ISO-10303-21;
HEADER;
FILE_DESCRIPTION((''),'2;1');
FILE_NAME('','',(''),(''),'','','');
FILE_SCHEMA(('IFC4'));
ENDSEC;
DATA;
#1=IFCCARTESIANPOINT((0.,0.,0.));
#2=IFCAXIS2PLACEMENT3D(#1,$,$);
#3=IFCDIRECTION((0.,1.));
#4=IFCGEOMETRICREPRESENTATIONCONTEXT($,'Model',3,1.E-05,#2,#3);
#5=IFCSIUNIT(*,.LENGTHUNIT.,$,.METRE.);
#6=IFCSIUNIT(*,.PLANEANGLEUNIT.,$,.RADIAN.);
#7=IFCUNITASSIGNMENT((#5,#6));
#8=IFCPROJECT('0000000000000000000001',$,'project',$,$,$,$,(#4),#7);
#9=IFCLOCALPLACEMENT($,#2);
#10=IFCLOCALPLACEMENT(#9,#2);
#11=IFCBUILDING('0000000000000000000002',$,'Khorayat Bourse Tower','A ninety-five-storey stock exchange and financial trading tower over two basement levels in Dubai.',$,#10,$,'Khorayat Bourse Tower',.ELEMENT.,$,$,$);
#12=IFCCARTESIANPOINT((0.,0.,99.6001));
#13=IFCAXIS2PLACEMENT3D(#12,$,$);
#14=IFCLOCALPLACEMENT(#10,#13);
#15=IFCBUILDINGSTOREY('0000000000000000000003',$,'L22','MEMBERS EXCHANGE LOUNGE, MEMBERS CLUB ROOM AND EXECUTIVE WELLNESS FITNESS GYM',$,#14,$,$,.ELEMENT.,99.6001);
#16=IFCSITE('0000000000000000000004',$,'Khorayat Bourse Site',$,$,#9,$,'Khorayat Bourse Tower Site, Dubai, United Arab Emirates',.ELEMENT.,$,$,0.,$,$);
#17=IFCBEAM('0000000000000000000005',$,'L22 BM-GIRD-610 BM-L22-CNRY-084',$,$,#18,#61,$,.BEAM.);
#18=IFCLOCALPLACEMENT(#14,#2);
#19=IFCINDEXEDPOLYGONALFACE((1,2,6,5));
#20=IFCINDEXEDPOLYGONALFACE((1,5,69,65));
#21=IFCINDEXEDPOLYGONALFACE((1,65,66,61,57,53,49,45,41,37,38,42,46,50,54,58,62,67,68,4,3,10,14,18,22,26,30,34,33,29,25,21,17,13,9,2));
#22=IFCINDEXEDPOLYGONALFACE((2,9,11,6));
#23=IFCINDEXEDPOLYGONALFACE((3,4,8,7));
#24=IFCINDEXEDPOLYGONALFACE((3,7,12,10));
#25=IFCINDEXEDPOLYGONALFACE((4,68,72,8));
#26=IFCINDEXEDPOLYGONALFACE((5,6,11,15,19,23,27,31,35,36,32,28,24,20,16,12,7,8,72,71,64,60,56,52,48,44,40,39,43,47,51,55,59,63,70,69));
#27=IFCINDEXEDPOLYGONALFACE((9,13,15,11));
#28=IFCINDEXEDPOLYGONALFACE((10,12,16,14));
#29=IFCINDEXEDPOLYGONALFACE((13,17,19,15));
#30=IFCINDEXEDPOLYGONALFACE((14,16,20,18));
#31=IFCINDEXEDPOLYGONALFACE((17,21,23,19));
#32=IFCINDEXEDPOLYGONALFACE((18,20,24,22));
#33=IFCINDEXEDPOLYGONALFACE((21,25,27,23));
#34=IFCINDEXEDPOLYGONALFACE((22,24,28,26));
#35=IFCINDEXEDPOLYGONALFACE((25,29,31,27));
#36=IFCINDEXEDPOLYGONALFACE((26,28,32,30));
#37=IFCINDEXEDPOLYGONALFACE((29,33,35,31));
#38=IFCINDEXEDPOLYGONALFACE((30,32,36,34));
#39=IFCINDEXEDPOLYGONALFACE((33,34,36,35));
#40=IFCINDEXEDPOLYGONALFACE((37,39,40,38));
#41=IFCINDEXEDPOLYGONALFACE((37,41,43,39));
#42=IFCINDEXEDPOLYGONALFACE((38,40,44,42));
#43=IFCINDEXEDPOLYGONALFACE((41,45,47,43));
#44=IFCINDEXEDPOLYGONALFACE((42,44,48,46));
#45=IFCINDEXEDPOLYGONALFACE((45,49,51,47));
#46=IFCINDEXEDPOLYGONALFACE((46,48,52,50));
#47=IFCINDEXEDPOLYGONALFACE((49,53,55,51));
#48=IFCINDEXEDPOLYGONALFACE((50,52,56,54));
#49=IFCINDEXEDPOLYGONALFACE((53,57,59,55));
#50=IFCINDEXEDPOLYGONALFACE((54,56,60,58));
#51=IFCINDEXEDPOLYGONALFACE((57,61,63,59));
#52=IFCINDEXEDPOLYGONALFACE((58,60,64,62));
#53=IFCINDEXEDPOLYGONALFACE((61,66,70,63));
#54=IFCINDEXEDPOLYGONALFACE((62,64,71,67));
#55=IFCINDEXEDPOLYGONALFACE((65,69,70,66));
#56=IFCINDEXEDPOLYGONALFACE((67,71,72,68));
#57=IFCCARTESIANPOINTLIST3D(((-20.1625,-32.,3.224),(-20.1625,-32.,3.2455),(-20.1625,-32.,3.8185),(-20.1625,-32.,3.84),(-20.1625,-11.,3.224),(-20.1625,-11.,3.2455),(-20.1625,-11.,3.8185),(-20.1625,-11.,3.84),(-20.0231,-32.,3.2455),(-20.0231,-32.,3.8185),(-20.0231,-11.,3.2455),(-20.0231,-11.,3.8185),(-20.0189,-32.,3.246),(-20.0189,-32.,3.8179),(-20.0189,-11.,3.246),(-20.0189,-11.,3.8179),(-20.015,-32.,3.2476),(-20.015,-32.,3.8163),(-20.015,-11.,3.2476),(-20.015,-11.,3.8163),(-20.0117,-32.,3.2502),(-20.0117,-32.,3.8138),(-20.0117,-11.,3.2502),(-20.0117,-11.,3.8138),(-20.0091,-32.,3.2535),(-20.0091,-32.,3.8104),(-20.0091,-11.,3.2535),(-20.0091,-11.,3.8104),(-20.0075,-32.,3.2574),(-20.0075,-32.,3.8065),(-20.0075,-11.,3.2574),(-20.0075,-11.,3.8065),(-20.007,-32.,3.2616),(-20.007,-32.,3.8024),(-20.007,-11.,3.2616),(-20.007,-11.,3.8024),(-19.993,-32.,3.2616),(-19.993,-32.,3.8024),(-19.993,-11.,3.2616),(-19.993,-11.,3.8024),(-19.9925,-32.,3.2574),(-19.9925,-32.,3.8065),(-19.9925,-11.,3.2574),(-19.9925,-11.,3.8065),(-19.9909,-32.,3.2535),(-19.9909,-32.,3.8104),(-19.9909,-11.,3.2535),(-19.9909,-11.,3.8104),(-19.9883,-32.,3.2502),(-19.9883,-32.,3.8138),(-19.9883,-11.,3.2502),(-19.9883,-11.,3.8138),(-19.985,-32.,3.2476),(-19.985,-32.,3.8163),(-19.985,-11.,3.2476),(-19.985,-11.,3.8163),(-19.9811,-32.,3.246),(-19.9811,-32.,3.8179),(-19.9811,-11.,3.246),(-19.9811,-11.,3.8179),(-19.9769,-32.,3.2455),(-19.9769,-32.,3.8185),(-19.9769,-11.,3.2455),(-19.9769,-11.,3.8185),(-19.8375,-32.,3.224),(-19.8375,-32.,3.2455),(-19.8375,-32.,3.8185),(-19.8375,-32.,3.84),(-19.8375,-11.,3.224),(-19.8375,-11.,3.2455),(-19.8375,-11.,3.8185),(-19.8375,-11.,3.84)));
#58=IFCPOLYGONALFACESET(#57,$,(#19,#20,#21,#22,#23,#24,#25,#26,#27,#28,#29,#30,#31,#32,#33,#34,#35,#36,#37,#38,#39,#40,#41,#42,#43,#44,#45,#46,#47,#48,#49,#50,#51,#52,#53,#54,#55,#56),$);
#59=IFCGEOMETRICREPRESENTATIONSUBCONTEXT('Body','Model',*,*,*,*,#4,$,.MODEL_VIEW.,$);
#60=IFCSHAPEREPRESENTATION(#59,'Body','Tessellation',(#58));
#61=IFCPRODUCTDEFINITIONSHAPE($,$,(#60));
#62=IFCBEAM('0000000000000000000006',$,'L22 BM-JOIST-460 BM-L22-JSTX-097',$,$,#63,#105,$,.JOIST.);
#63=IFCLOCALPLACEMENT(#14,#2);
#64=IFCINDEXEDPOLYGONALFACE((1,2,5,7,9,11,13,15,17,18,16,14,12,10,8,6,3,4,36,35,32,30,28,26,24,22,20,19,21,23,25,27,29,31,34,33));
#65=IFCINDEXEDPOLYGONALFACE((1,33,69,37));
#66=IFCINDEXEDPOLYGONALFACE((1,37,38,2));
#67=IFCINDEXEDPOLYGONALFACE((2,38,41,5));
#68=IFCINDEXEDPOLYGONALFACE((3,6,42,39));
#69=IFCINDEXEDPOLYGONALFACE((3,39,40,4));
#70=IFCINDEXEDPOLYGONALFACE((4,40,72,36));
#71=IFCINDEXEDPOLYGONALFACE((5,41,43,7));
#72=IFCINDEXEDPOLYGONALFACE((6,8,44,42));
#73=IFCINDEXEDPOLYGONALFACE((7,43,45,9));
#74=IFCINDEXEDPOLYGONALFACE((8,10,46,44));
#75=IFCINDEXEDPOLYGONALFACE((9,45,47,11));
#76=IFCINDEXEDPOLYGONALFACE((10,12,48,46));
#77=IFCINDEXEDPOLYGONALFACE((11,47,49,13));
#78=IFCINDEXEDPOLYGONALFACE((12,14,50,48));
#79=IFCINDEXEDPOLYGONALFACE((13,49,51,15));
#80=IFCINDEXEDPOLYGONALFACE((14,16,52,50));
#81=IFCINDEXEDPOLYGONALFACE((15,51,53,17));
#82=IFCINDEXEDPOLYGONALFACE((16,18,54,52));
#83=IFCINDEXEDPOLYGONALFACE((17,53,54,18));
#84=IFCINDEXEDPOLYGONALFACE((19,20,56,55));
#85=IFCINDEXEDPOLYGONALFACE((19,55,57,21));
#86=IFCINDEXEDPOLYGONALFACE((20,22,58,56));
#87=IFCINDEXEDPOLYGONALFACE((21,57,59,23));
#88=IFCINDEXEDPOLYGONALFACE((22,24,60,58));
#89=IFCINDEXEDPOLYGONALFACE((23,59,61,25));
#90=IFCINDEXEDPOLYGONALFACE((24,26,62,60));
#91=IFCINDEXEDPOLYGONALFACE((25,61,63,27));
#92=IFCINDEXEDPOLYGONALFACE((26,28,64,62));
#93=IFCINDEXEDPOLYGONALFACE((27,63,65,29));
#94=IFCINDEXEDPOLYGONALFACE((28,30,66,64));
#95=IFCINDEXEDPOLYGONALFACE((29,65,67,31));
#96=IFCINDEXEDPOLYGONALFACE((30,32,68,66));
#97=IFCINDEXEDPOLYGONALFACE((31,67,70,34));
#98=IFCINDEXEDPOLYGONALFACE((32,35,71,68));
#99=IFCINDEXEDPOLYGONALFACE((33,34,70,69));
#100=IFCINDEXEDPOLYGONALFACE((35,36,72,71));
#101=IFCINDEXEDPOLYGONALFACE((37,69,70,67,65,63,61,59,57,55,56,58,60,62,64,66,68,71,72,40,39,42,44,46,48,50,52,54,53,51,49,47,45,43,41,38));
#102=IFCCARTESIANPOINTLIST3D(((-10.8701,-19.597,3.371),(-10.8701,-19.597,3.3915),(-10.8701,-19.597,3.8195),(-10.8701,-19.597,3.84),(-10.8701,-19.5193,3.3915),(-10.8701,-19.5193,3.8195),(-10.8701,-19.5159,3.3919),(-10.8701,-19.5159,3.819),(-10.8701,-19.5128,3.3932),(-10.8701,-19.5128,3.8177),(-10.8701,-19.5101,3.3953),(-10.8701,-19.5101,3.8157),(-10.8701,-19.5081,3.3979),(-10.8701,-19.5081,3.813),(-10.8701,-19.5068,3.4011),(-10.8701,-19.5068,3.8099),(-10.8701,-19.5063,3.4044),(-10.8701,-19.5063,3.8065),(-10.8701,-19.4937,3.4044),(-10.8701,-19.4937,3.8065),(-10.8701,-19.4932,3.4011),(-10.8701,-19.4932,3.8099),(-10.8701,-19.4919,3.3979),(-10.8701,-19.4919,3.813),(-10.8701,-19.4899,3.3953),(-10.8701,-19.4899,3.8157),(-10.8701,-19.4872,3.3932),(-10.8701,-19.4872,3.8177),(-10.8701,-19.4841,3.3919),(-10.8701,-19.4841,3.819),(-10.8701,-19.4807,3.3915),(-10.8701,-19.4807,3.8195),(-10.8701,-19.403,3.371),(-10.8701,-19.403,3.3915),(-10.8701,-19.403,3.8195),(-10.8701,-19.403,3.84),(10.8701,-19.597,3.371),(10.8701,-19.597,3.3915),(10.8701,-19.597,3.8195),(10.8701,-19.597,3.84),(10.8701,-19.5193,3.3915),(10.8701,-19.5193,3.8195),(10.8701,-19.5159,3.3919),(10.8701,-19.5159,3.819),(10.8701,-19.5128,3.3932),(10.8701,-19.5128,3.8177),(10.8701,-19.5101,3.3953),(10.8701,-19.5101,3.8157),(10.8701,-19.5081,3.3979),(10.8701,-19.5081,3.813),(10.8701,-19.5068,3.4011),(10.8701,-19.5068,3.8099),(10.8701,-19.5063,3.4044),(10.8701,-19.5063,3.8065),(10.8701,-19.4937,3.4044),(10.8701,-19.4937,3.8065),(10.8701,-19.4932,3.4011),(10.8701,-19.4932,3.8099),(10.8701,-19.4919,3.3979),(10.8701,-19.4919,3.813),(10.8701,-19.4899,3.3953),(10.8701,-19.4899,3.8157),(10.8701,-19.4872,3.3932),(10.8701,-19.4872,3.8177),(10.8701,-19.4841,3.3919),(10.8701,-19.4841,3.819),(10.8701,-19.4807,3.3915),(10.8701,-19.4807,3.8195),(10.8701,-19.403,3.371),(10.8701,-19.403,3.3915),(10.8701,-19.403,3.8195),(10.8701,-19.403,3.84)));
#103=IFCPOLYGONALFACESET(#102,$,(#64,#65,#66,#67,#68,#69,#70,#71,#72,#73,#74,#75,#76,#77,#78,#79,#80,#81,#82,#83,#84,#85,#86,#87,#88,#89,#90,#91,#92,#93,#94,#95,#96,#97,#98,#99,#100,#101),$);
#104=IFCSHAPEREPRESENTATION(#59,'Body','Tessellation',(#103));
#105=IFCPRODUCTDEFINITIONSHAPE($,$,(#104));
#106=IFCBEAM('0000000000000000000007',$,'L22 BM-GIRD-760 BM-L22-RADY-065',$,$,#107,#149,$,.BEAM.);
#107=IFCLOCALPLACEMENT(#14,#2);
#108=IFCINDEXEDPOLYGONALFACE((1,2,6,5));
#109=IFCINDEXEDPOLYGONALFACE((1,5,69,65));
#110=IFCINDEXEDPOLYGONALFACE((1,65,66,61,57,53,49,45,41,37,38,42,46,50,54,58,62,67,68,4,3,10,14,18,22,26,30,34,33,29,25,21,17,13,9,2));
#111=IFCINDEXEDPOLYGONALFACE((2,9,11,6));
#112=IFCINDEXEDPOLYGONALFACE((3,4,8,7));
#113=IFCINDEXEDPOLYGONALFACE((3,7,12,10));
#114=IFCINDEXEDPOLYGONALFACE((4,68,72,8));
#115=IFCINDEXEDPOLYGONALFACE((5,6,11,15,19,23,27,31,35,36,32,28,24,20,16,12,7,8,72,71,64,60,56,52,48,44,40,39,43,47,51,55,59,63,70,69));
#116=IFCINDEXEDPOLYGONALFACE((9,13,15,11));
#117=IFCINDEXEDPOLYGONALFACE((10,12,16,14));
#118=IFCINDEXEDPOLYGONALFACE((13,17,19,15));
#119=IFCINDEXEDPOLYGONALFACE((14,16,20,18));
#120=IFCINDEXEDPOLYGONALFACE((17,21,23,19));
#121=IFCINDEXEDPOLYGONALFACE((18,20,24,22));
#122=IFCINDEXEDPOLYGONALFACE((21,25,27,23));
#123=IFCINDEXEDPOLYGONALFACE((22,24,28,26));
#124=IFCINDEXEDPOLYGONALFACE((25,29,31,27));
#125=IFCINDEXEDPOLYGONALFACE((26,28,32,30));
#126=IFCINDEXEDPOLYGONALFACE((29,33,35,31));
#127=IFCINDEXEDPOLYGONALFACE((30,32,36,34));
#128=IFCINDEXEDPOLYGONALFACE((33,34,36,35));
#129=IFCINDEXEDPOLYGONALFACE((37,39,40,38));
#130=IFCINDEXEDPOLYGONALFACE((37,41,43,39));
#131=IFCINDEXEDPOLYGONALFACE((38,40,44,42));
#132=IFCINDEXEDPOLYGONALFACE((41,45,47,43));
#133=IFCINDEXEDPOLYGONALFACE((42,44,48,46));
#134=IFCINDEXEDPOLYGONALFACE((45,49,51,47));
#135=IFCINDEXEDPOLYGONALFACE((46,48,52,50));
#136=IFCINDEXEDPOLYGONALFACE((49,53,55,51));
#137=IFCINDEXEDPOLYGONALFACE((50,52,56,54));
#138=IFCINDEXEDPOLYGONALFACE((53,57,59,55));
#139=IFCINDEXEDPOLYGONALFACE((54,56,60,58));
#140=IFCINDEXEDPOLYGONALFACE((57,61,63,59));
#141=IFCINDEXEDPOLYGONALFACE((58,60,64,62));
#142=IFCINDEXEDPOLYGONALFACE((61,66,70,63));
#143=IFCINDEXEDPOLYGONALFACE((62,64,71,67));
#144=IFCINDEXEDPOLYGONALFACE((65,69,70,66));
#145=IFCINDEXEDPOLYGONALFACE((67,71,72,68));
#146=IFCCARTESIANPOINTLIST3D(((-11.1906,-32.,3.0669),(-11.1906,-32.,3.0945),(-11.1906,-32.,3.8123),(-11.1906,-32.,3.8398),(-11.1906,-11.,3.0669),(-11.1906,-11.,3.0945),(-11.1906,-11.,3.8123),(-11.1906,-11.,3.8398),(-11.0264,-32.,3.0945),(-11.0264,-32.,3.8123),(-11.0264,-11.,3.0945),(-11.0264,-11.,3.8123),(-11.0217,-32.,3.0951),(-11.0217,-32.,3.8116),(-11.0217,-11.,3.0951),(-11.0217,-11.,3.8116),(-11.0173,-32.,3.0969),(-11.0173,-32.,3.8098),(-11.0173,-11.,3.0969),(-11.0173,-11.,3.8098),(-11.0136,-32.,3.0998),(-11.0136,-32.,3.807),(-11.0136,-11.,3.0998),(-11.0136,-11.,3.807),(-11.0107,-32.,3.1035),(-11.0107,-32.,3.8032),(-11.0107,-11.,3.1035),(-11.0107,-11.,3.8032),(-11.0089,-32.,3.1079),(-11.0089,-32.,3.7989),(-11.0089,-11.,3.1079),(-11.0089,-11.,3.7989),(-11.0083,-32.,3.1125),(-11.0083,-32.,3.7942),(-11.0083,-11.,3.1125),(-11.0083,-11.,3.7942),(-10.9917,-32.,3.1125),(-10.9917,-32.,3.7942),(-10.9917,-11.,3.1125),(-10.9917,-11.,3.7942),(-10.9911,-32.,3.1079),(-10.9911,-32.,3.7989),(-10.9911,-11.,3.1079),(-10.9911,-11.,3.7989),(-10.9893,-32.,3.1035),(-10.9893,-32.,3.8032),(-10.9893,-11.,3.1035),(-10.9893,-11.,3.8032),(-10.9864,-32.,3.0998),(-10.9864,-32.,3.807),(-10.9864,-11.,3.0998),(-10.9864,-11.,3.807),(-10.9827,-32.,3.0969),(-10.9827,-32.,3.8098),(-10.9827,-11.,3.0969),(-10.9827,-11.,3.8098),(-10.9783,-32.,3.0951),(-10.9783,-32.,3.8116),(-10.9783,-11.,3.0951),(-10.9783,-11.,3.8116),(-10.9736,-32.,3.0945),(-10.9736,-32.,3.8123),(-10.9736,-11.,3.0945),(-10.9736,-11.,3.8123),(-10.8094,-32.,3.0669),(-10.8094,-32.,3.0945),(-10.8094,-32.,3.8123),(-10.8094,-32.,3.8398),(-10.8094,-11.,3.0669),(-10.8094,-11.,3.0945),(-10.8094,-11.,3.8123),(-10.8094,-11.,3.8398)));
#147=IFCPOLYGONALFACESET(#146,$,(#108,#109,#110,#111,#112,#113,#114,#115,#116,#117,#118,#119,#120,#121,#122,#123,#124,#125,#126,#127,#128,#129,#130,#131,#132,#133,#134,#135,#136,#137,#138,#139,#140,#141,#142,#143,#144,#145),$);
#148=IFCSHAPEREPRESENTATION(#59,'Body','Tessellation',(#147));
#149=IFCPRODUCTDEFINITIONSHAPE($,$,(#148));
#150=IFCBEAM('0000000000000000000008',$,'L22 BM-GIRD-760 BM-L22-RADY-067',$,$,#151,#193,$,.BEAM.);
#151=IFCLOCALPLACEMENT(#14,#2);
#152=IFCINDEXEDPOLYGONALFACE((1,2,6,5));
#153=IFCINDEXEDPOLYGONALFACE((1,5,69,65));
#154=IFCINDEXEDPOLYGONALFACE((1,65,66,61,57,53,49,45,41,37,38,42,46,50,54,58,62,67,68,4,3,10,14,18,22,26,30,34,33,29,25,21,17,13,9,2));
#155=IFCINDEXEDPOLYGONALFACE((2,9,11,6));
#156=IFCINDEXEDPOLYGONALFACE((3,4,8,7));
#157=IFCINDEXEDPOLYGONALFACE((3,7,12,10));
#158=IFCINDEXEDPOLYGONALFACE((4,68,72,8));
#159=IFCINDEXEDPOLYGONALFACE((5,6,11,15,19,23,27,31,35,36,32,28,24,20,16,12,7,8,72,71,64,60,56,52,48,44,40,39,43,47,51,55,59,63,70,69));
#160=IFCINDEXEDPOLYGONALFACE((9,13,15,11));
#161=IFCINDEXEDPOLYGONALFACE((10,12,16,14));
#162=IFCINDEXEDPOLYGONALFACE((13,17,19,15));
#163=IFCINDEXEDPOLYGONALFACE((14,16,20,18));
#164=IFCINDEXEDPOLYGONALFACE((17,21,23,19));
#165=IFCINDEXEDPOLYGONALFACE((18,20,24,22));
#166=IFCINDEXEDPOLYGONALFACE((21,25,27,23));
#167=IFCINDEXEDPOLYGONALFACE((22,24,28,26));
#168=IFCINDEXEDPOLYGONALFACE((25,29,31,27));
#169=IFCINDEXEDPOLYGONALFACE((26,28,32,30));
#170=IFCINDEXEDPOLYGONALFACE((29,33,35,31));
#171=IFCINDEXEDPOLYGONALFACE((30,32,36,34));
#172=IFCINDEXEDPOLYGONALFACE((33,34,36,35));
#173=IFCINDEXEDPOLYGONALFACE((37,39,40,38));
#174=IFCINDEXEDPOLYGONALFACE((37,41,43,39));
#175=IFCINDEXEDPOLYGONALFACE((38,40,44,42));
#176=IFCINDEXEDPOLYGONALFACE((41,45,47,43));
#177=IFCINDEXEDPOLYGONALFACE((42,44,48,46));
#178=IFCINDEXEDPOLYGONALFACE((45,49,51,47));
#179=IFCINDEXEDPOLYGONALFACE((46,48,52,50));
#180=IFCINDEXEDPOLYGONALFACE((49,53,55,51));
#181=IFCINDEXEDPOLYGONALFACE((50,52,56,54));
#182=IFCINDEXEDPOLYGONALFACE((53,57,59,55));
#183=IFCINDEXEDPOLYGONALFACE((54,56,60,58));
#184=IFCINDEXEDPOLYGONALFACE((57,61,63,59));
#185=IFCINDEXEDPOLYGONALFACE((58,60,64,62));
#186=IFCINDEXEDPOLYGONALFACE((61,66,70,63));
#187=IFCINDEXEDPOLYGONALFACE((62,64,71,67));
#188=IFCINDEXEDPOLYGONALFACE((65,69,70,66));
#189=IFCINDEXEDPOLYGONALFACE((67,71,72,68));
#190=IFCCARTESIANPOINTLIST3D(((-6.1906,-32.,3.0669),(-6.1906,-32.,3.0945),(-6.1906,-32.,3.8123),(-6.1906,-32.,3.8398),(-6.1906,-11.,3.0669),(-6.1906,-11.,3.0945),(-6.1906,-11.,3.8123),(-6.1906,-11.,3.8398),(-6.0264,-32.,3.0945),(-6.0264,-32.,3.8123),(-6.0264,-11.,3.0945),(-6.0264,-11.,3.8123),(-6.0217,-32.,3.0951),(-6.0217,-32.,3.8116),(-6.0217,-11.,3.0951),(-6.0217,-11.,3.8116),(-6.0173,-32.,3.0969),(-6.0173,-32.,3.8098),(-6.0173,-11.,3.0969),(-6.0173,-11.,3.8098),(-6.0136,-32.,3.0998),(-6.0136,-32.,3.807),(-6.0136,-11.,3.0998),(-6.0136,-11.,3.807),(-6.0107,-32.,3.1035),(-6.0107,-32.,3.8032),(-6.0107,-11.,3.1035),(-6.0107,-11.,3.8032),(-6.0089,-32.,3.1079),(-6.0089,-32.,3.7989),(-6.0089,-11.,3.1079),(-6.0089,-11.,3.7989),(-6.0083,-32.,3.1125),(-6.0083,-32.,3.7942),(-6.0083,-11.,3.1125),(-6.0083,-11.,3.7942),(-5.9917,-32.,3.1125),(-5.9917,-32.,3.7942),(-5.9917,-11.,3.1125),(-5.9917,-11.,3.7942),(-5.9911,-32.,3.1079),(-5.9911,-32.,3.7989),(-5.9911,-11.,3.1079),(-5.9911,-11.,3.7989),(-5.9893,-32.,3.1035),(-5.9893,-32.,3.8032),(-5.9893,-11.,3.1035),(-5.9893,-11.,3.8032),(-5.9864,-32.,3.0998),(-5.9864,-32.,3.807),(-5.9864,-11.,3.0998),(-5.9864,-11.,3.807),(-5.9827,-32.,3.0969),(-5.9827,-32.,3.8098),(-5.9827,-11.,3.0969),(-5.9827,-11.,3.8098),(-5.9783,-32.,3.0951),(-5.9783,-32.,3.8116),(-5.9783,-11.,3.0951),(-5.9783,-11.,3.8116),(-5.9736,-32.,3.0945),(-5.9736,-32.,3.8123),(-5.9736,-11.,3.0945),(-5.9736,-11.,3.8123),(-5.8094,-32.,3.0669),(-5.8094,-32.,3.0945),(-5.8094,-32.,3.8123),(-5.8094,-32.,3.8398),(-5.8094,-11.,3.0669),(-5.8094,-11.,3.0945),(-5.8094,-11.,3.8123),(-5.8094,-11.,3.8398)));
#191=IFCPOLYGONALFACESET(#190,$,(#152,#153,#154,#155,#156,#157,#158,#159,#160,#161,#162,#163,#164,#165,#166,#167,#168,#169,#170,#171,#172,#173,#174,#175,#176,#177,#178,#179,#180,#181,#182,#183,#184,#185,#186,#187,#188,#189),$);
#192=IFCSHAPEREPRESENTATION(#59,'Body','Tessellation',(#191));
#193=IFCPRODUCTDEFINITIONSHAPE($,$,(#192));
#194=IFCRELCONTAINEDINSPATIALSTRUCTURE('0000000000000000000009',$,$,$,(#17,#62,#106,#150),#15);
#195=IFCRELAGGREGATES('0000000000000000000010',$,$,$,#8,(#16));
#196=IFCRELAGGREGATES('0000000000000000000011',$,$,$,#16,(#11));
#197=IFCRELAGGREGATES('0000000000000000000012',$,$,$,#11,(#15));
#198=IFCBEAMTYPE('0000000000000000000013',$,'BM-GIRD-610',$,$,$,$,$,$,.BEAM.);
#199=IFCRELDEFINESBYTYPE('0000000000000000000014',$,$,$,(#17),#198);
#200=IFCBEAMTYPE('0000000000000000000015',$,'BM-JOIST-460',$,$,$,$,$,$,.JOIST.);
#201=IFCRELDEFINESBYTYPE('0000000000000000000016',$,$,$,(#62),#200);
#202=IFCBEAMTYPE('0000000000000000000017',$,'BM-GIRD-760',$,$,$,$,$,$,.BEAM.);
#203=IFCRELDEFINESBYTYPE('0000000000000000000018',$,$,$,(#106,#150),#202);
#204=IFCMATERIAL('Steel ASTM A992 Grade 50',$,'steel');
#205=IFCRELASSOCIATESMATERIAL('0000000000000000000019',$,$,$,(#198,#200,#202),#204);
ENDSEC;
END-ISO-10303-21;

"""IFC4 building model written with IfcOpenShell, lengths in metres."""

from ifc_helpers import new_model, si_unit, direction, frame, origin, origin_2d, place, context, subcontext, project, spatial, i_section, extrude, source, transform, mapped, material, material_profile, profile_set, type_object, element, save


model = new_model("IFC4")

# Units and contexts
model_context = context("Model", 3, precision=1e-05, world=origin(), true_north=direction((0.0, 1.0)))
body_context = subcontext(model_context, "Body", "Model", "MODEL_VIEW")
ifc_project = project(units=[si_unit("LENGTHUNIT", "METRE"), si_unit("PLANEANGLEUNIT", "RADIAN")], contexts=[model_context])

# Site, building, storey
site_placement = place(None, origin())
site = spatial("IfcSite", under=ifc_project, at=site_placement, Name="Khorayat Bourse Site", LongName="Khorayat Bourse Tower Site, Dubai, United Arab Emirates", CompositionType="ELEMENT", RefElevation=0.0)
building_placement = place(site_placement, origin())
building = spatial("IfcBuilding", under=site, at=building_placement, Name="Khorayat Bourse Tower", Description="A ninety-five-storey stock exchange and financial trading tower over two basement levels in Dubai.", LongName="Khorayat Bourse Tower", CompositionType="ELEMENT")
storey_placement = place(building_placement, frame((0.0, 0.0, 99.6001)))
storey = spatial("IfcBuildingStorey", under=building, at=storey_placement, Name="L22", Description="MEMBERS EXCHANGE LOUNGE, MEMBERS CLUB ROOM AND EXECUTIVE WELLNESS FITNESS GYM", CompositionType="ELEMENT", Elevation=99.6001)

# Beams
ifc_material_1 = material(Name="Steel ASTM A992 Grade 50", Category="steel")
ifc_material_profile_1 = material_profile(ifc_material_1, i_section(OverallWidth=0.325, OverallDepth=0.616, WebThickness=0.0139, FlangeThickness=0.0215, FilletRadius=0.0161, at=origin_2d()), Name="W610X174")
ifc_profile_set_1 = profile_set([ifc_material_profile_1], Name="Steel ASTM A992 Grade 50")
beam_type_1 = type_object("IfcBeamType", Name="BM-GIRD-610", PredefinedType="BEAM", material=ifc_profile_set_1)
shared_shape_1 = source(origin(), body_context, "Body", "SweptSolid", [
    extrude(i_section(OverallWidth=0.325, OverallDepth=0.616, WebThickness=0.0139, FlangeThickness=0.0215, FilletRadius=0.0161, at=origin_2d()), origin(), (0.0, 0.0, 1.0), 21.0),
])
beam_1_placement = place(storey_placement, frame((-20.0, -32.0, 3.532), z_axis=(0.0, 1.0, 0.0), x_axis=(-1.0, 0.0, 0.0)))
element("IfcBeam", 1, at=beam_1_placement, inside=storey, type_object=beam_type_1, Name="L22 BM-GIRD-610 BM-L22-CNRY-084", PredefinedType="BEAM", context=body_context, shape_type="MappedRepresentation", body=[
    mapped(shared_shape_1, transform((0.0, 0.0, 0.0), scale=1.0)),
])
ifc_material_profile_2 = material_profile(ifc_material_1, i_section(OverallWidth=0.1941, OverallDepth=0.469, WebThickness=0.0127, FlangeThickness=0.0205, FilletRadius=0.0129, at=origin_2d()), Name="W460X106")
ifc_profile_set_2 = profile_set([ifc_material_profile_2], Name="Steel ASTM A992 Grade 50")
beam_type_2 = type_object("IfcBeamType", Name="BM-JOIST-460", PredefinedType="JOIST", material=ifc_profile_set_2)
shared_shape_2 = source(origin(), body_context, "Body", "SweptSolid", [
    extrude(i_section(OverallWidth=0.1941, OverallDepth=0.469, WebThickness=0.0127, FlangeThickness=0.0205, FilletRadius=0.0129, at=origin_2d()), origin(), (0.0, 0.0, 1.0), 21.7402),
])
beam_2_placement = place(storey_placement, frame((-10.8701, -19.5, 3.6055), z_axis=(1.0, 0.0, 0.0), x_axis=(0.0, 1.0, 0.0)))
element("IfcBeam", 2, at=beam_2_placement, inside=storey, type_object=beam_type_2, Name="L22 BM-JOIST-460 BM-L22-JSTX-097", PredefinedType="JOIST", context=body_context, shape_type="MappedRepresentation", body=[
    mapped(shared_shape_2, transform((0.0, 0.0, 0.0), scale=1.0)),
])
ifc_material_profile_3 = material_profile(ifc_material_1, i_section(OverallWidth=0.3811, OverallDepth=0.7729, WebThickness=0.0166, FlangeThickness=0.0276, FilletRadius=0.0181, at=origin_2d()), Name="W760X257")
ifc_profile_set_3 = profile_set([ifc_material_profile_3], Name="Steel ASTM A992 Grade 50")
beam_type_3 = type_object("IfcBeamType", Name="BM-GIRD-760", PredefinedType="BEAM", material=ifc_profile_set_3)
shared_shape_3 = source(origin(), body_context, "Body", "SweptSolid", [
    extrude(i_section(OverallWidth=0.3811, OverallDepth=0.7729, WebThickness=0.0166, FlangeThickness=0.0276, FilletRadius=0.0181, at=origin_2d()), origin(), (0.0, 0.0, 1.0), 21.0),
])
for number, where, z_axis, x_axis, name in (
    (3, (-11.0, -32.0, 3.4534), (0.0, 1.0, 0.0), (-1.0, 0.0, 0.0), "L22 BM-GIRD-760 BM-L22-RADY-065"),
    (4, (-6.0, -32.0, 3.4534), (0.0, 1.0, 0.0), (-1.0, 0.0, 0.0), "L22 BM-GIRD-760 BM-L22-RADY-067"),
):
    element("IfcBeam", number, at=place(storey_placement, frame(where, z_axis=z_axis, x_axis=x_axis)), inside=storey, type_object=beam_type_3, Name=name, PredefinedType="BEAM", context=body_context, shape_type="MappedRepresentation", body=[
        mapped(shared_shape_3, transform((0.0, 0.0, 0.0), scale=1.0)),
    ])

save(model, "model.ifc")
